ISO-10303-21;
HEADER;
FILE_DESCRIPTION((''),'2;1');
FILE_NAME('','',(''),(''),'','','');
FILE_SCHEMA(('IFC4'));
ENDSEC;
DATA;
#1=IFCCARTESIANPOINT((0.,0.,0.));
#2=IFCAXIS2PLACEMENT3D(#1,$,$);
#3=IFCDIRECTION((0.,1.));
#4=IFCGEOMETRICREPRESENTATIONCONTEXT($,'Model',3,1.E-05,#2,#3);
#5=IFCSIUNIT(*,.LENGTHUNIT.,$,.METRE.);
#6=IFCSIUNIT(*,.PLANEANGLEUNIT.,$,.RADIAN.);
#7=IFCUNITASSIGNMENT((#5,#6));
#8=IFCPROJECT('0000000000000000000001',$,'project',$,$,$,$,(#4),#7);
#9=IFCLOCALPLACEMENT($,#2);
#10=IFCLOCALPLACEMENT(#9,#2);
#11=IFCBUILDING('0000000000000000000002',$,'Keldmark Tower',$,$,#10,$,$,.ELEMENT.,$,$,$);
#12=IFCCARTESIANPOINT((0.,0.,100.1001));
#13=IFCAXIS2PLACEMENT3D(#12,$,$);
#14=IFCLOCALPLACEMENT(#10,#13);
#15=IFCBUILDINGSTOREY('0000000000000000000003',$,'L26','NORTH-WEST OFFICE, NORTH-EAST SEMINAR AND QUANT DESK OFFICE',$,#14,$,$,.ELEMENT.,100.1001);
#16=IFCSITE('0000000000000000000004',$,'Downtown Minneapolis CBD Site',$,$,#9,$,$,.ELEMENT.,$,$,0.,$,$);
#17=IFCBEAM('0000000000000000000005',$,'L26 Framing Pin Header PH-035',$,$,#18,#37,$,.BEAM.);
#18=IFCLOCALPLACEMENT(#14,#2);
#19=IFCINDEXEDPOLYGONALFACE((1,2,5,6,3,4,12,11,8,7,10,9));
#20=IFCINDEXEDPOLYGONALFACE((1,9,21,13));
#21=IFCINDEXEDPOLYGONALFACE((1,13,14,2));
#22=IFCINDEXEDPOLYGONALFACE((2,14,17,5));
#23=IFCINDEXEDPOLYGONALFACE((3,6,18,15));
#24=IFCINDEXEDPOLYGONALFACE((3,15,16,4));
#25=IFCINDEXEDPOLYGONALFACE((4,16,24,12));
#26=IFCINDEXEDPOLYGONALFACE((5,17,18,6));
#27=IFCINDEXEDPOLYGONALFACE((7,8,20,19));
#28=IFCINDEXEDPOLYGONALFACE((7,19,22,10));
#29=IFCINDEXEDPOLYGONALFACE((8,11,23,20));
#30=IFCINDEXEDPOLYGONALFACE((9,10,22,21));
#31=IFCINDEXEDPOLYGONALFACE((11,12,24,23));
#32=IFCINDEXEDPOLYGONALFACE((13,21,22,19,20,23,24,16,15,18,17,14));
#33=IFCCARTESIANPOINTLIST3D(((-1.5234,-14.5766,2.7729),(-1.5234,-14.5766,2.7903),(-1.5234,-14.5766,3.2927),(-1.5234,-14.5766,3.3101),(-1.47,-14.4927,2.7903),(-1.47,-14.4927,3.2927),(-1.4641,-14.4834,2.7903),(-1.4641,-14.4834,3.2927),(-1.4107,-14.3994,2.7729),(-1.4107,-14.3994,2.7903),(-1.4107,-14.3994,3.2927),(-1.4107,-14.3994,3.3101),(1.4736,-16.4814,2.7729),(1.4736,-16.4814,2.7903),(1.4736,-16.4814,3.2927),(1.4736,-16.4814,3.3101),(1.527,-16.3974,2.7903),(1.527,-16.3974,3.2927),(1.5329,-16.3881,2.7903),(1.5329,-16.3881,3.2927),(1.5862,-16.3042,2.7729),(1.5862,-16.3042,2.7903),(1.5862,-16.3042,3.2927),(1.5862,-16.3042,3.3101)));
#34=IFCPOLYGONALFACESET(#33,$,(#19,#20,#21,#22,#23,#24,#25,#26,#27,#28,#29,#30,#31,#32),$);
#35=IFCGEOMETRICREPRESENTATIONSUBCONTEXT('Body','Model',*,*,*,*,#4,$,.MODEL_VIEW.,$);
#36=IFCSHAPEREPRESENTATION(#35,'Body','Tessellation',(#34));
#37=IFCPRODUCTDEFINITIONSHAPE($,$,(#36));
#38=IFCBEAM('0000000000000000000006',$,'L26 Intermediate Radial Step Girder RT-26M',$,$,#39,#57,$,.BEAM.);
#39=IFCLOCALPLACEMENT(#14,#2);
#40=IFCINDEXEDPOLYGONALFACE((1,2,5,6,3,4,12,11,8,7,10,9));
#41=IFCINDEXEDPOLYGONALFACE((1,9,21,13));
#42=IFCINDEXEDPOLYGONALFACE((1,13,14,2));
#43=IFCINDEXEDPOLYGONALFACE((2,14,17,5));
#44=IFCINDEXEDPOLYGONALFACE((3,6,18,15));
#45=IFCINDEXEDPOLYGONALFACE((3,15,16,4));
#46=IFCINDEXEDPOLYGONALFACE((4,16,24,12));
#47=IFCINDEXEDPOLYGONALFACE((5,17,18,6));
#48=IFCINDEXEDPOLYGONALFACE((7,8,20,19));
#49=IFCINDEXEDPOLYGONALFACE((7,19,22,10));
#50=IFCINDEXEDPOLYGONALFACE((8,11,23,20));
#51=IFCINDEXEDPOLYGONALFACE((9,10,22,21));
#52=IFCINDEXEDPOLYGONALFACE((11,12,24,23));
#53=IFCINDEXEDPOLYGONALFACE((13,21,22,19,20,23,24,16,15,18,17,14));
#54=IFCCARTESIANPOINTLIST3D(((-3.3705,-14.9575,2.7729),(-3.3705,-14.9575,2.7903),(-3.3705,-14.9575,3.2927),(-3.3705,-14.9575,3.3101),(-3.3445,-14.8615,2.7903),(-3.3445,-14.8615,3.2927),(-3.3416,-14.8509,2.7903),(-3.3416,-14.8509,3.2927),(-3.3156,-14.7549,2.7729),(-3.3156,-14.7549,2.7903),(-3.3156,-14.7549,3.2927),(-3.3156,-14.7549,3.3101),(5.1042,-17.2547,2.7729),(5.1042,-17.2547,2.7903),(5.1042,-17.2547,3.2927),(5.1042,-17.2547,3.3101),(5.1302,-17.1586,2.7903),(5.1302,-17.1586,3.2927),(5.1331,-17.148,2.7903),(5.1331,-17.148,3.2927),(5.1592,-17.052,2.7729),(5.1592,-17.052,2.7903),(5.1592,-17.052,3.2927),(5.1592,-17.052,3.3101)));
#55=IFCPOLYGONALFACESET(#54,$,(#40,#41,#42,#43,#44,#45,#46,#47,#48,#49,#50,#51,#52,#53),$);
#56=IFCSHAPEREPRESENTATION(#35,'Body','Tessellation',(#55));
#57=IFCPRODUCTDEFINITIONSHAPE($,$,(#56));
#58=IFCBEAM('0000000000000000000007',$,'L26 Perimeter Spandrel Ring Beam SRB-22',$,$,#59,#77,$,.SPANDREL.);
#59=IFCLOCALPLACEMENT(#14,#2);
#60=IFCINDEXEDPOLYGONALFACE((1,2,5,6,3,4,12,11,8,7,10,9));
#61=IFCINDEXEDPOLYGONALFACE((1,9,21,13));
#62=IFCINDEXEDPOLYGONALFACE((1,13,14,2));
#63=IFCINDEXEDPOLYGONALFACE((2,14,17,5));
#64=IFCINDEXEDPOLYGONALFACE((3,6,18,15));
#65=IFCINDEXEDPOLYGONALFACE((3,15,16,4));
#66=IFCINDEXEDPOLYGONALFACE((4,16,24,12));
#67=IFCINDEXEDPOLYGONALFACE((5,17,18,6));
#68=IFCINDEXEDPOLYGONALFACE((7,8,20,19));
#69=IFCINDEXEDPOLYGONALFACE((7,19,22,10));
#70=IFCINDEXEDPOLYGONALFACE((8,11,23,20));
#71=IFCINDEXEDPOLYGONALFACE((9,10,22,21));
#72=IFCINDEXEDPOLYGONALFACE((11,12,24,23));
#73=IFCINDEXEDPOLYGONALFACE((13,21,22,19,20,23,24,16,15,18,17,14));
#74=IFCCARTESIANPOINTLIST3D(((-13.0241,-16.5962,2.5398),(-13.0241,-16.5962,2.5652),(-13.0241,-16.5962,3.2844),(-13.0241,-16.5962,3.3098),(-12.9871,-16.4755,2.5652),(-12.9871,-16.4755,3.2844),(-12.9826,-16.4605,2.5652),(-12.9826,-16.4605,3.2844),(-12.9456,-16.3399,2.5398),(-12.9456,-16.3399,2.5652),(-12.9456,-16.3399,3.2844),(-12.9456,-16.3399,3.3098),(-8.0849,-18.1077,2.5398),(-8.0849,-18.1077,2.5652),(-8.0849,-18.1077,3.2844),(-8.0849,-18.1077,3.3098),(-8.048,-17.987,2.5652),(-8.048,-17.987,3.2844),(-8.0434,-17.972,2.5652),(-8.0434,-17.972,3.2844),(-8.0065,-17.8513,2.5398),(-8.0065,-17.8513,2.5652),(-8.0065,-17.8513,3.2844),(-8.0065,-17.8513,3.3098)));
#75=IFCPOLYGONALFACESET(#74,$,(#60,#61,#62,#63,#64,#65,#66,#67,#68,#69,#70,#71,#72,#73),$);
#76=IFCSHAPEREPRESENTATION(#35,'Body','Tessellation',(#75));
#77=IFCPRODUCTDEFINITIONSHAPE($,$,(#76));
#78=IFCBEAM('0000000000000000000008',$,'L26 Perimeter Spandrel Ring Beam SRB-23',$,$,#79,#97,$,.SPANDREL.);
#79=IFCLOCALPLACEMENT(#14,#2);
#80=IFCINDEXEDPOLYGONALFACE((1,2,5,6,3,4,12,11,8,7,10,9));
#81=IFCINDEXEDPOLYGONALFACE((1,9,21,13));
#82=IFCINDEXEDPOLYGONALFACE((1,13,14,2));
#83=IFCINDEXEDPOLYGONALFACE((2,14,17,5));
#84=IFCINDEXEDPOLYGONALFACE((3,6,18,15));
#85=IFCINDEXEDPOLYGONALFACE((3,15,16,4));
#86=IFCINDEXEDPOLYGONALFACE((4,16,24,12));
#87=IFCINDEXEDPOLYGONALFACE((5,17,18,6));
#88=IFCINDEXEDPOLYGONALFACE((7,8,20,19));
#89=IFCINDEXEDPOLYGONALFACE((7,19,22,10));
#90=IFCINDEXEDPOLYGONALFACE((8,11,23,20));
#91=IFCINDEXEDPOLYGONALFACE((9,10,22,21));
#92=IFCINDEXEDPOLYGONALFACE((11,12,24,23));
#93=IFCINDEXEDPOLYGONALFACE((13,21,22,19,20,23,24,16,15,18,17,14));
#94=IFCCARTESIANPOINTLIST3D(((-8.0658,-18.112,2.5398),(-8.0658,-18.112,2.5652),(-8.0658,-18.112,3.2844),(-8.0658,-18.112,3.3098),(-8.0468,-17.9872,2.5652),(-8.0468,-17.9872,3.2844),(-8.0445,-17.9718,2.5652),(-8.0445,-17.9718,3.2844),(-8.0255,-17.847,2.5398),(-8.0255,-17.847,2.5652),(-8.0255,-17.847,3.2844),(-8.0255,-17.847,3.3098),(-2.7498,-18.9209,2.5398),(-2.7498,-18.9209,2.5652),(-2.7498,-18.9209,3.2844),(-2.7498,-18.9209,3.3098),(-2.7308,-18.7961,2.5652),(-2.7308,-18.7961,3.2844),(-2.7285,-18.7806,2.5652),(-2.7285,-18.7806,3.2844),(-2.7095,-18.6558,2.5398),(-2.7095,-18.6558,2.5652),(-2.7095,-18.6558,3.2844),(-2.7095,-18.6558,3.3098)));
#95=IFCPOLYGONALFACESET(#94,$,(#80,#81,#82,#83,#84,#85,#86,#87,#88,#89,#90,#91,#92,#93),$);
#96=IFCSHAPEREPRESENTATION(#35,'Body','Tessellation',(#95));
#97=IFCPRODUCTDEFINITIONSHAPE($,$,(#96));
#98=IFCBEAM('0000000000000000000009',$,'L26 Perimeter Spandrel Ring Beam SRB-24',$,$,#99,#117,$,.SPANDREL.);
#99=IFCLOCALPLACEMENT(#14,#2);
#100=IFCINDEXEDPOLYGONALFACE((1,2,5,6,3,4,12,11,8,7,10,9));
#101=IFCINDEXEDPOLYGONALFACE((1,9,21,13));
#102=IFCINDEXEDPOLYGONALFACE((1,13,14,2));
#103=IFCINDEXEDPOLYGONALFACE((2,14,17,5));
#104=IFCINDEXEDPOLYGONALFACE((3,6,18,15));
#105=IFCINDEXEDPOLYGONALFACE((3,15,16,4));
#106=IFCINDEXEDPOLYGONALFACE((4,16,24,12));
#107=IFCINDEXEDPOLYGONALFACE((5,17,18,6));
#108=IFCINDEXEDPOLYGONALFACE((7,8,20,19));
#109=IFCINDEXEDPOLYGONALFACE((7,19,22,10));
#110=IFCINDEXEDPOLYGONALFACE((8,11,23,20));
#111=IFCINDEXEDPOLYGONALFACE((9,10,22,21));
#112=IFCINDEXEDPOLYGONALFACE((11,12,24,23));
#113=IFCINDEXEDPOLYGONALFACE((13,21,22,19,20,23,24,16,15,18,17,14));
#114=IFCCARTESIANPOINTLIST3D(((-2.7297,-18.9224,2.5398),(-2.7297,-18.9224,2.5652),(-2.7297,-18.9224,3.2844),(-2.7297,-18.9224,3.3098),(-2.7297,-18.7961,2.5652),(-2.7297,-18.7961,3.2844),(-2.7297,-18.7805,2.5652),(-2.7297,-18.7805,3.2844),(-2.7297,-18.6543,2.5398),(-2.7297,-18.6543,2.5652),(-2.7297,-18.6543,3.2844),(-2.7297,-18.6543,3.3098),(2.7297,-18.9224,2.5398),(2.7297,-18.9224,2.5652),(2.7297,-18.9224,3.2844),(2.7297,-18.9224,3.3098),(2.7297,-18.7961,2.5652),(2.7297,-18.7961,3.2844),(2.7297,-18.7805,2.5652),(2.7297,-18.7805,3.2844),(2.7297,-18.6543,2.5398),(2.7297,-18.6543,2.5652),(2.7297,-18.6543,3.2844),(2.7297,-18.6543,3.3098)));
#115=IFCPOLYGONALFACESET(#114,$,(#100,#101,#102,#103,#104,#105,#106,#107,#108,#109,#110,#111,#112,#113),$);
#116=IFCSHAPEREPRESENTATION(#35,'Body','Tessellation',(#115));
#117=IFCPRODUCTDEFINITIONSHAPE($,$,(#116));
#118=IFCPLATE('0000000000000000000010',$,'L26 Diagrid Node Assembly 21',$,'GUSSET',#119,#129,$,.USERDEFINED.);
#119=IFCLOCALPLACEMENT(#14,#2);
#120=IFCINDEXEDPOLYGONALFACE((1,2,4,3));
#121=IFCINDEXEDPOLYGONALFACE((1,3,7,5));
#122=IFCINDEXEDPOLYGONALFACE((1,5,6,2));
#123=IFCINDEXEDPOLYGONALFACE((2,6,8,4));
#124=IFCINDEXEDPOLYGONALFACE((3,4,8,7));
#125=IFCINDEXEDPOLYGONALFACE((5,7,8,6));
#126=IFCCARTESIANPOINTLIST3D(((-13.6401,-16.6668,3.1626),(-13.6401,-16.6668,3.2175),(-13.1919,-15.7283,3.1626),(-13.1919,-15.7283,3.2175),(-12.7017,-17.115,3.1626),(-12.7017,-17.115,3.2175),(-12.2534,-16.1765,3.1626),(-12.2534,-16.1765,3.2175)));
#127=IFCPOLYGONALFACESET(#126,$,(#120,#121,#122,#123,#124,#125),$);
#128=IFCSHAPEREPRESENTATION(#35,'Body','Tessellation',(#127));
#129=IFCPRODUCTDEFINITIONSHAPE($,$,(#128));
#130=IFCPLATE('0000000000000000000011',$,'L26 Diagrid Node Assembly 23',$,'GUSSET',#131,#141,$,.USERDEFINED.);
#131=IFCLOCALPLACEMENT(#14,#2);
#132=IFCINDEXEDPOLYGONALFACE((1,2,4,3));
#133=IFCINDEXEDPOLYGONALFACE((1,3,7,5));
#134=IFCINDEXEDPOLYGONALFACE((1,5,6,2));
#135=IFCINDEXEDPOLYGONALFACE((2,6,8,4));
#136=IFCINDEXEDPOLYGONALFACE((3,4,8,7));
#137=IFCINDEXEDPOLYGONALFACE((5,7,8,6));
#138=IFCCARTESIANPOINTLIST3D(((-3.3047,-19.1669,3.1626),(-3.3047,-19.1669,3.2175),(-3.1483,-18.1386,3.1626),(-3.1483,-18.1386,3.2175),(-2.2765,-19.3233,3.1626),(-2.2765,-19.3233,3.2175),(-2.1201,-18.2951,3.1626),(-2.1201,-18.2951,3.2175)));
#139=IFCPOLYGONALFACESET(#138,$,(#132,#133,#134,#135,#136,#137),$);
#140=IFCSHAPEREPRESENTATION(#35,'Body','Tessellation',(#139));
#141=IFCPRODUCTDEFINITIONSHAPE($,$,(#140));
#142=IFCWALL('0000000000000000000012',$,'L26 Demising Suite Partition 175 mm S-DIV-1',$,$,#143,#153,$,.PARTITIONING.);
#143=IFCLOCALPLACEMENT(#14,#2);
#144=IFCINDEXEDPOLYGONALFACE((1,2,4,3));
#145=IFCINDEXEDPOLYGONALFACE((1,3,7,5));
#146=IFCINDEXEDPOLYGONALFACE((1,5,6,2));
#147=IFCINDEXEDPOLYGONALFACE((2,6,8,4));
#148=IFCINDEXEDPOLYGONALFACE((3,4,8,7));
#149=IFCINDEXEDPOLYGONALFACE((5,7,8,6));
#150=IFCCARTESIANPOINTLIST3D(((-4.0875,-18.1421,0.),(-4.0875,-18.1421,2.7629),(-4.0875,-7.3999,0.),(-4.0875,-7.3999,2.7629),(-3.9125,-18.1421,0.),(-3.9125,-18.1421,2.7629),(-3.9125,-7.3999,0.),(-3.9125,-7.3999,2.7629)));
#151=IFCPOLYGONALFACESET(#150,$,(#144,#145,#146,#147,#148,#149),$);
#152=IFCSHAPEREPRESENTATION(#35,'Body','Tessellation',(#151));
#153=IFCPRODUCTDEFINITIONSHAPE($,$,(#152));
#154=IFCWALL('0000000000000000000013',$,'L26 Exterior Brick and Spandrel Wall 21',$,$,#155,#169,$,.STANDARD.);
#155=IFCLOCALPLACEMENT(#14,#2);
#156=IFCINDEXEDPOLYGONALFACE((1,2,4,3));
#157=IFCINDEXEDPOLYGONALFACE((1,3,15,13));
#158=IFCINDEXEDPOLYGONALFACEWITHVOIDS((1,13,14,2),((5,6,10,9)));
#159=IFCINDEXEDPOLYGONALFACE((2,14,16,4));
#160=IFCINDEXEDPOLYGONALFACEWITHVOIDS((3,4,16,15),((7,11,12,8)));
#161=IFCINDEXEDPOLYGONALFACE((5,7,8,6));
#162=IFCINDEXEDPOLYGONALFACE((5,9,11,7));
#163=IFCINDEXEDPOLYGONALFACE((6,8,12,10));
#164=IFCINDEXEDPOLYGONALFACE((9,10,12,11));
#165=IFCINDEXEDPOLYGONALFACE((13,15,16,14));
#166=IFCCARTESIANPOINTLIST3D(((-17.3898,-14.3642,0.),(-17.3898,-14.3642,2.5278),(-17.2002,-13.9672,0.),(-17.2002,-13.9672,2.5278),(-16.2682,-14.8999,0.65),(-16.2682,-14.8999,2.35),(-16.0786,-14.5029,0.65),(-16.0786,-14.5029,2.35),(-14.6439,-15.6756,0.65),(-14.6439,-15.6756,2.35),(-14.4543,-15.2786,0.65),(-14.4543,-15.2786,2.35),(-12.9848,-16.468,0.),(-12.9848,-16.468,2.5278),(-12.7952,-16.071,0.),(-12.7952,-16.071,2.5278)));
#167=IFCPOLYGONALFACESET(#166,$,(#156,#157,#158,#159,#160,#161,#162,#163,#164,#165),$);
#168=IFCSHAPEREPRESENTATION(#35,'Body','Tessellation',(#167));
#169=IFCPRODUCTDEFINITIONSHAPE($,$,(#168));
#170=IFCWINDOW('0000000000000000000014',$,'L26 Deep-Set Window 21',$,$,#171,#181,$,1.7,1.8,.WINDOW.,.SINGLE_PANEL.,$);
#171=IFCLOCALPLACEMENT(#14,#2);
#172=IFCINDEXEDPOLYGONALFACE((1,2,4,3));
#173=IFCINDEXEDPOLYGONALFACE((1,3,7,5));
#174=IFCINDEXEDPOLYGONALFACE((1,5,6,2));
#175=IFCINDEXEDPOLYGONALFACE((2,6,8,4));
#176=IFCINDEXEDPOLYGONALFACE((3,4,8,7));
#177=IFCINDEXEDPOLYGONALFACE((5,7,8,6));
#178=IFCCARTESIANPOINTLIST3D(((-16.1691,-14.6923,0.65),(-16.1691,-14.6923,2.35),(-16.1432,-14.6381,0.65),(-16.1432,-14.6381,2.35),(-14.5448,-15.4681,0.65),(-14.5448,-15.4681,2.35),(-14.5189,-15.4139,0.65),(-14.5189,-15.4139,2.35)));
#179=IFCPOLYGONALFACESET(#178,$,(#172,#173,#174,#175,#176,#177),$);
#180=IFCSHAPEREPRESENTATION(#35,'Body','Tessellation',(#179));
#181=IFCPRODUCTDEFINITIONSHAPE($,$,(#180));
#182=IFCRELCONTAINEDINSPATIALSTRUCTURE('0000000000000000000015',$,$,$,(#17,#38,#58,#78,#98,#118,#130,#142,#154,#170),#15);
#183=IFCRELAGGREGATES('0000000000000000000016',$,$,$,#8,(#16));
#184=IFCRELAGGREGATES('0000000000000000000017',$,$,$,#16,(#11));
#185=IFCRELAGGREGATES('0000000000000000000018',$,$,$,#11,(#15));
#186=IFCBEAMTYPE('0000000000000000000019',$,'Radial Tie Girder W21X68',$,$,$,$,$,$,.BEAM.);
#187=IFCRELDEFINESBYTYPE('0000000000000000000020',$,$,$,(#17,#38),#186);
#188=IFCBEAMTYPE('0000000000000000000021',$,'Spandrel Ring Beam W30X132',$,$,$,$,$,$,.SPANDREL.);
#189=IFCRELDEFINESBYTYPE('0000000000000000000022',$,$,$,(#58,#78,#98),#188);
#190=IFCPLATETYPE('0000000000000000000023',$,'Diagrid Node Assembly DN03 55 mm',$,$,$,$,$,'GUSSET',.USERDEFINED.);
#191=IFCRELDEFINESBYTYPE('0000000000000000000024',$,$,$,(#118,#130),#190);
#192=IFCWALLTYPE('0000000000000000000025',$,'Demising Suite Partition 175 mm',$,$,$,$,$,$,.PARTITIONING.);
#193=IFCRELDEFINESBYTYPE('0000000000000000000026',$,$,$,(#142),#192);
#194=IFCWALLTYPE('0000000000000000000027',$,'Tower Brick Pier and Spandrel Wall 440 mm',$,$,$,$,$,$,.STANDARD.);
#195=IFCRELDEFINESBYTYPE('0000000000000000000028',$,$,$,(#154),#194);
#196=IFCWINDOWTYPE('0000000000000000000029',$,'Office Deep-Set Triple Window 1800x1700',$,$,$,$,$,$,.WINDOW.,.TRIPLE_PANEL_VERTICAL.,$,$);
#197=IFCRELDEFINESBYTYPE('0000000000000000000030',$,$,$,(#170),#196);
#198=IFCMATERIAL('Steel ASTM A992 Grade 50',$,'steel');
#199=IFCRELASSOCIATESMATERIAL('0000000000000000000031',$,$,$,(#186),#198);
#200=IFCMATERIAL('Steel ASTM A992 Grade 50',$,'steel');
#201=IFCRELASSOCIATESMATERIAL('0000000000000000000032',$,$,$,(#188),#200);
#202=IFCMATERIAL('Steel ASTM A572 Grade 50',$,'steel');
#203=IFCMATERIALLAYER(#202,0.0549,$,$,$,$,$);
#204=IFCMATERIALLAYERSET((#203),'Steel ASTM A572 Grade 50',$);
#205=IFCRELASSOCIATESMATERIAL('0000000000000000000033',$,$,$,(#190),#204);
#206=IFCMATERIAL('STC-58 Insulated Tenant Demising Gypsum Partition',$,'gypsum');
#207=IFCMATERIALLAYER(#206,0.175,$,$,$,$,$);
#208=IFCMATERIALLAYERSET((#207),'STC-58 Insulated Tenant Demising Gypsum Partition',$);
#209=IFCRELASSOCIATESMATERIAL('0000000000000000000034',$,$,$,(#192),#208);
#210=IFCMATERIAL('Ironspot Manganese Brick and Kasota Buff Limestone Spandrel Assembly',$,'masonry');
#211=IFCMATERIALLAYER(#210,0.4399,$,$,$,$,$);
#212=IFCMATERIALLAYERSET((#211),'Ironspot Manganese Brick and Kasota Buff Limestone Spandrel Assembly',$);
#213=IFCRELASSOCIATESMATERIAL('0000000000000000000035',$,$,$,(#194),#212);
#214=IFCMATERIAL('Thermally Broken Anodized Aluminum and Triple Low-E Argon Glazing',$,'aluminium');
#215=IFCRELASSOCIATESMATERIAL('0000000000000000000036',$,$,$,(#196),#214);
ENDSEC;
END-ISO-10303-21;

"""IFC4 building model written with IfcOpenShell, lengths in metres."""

from ifc_helpers import new_model, si_unit, direction, frame, frame_2d, origin, origin_2d, place, context, subcontext, project, spatial, rectangle, i_section, extrude, material, layer, layer_set, material_profile, profile_set, type_object, element, fill, save


model = new_model("IFC4")

# Units and contexts
model_context = context("Model", 3, precision=1e-05, world=origin(), true_north=direction((0.0, 1.0)))
body_context = subcontext(model_context, "Body", "Model", "MODEL_VIEW")
ifc_project = project(units=[si_unit("LENGTHUNIT", "METRE"), si_unit("PLANEANGLEUNIT", "RADIAN")], contexts=[model_context])

# Site, building, storey
site_placement = place(None, origin())
site = spatial("IfcSite", under=ifc_project, at=site_placement, Name="Downtown Minneapolis CBD Site", CompositionType="ELEMENT", RefElevation=0.0)
building_placement = place(site_placement, origin())
building = spatial("IfcBuilding", under=site, at=building_placement, Name="Keldmark Tower", CompositionType="ELEMENT")
storey_placement = place(building_placement, frame((0.0, 0.0, 100.1001)))
storey = spatial("IfcBuildingStorey", under=building, at=storey_placement, Name="L26", Description="NORTH-WEST OFFICE, NORTH-EAST SEMINAR AND QUANT DESK OFFICE", CompositionType="ELEMENT", Elevation=100.1001)

# Beams
ifc_material_1 = material(Name="Steel ASTM A992 Grade 50", Category="steel")
ifc_material_profile_1 = material_profile(ifc_material_1, i_section(OverallWidth=0.21, OverallDepth=0.5371, WebThickness=0.011, FlangeThickness=0.0173, at=origin_2d()), Name="W21X68")
ifc_profile_set_1 = profile_set([ifc_material_profile_1], Name="Steel ASTM A992 Grade 50")
beam_type_1 = type_object("IfcBeamType", Name="Radial Tie Girder W21X68", PredefinedType="BEAM", material=ifc_profile_set_1)
beam_1_placement = place(storey_placement, frame((-1.467, -14.488, 3.0415), z_axis=(0.843973, -0.536386, 0.0), x_axis=(0.536386, 0.843973, 0.0)))
element("IfcBeam", 1, at=beam_1_placement, inside=storey, type_object=beam_type_1, Name="L26 Framing Pin Header PH-035", PredefinedType="BEAM", context=body_context, shape_type="SweptSolid", body=[
    extrude(i_section(OverallWidth=0.21, OverallDepth=0.5371, WebThickness=0.011, FlangeThickness=0.0173, at=origin_2d()), origin(), (0.0, 0.0, 1.0), 3.551),
])
beam_2_placement = place(storey_placement, frame((-3.343, -14.8562, 3.0415), z_axis=(0.965171, -0.261618, 0.0), x_axis=(0.261618, 0.965171, 0.0)))
element("IfcBeam", 2, at=beam_2_placement, inside=storey, type_object=beam_type_1, Name="L26 Intermediate Radial Step Girder RT-26M", PredefinedType="BEAM", context=body_context, shape_type="SweptSolid", body=[
    extrude(i_section(OverallWidth=0.21, OverallDepth=0.5371, WebThickness=0.011, FlangeThickness=0.0173, at=origin_2d()), origin(), (0.0, 0.0, 1.0), 8.7805),
])
ifc_material_2 = material(Name="Steel ASTM A992 Grade 50", Category="steel")
ifc_material_profile_2 = material_profile(ifc_material_2, i_section(OverallWidth=0.2681, OverallDepth=0.77, WebThickness=0.0156, FlangeThickness=0.0254, at=origin_2d()), Name="W30X132")
ifc_profile_set_2 = profile_set([ifc_material_profile_2], Name="Steel ASTM A992 Grade 50")
beam_type_2 = type_object("IfcBeamType", Name="Spandrel Ring Beam W30X132", PredefinedType="SPANDREL", material=ifc_profile_set_2)
beam_3_placement = place(storey_placement, frame((-12.9849, -16.468, 2.9248), z_axis=(0.956229, -0.292621, 0.0), x_axis=(0.292621, 0.956229, 0.0)))
element("IfcBeam", 3, at=beam_3_placement, inside=storey, type_object=beam_type_2, Name="L26 Perimeter Spandrel Ring Beam SRB-22", PredefinedType="SPANDREL", context=body_context, shape_type="SweptSolid", body=[
    extrude(i_section(OverallWidth=0.2681, OverallDepth=0.77, WebThickness=0.0156, FlangeThickness=0.0254, at=origin_2d()), origin(), (0.0, 0.0, 1.0), 5.1653),
])
beam_4_placement = place(storey_placement, frame((-8.0457, -17.9795, 2.9248), z_axis=(0.988622, -0.150423, 0.0), x_axis=(0.150423, 0.988622, 0.0)))
element("IfcBeam", 4, at=beam_4_placement, inside=storey, type_object=beam_type_2, Name="L26 Perimeter Spandrel Ring Beam SRB-23", PredefinedType="SPANDREL", context=body_context, shape_type="SweptSolid", body=[
    extrude(i_section(OverallWidth=0.2681, OverallDepth=0.77, WebThickness=0.0156, FlangeThickness=0.0254, at=origin_2d()), origin(), (0.0, 0.0, 1.0), 5.3772),
])
beam_5_placement = place(storey_placement, frame((-2.7297, -18.7883, 2.9248), z_axis=(1.0, 0.0, 0.0), x_axis=(0.0, 1.0, 0.0)))
element("IfcBeam", 5, at=beam_5_placement, inside=storey, type_object=beam_type_2, Name="L26 Perimeter Spandrel Ring Beam SRB-24", PredefinedType="SPANDREL", context=body_context, shape_type="SweptSolid", body=[
    extrude(i_section(OverallWidth=0.2681, OverallDepth=0.77, WebThickness=0.0156, FlangeThickness=0.0254, at=origin_2d()), origin(), (0.0, 0.0, 1.0), 5.4595),
])

# Plates
ifc_material_3 = material(Name="Steel ASTM A572 Grade 50", Category="steel")
ifc_layer_1 = layer(ifc_material_3, 0.0549)
ifc_layer_set_1 = layer_set([ifc_layer_1], Name="Steel ASTM A572 Grade 50")
plate_type = type_object("IfcPlateType", Name="Diagrid Node Assembly DN03 55 mm", ElementType="GUSSET", PredefinedType="USERDEFINED", material=ifc_layer_set_1)
for number, where, z_axis, x_axis, name in (
    (6, (-12.9468, -16.4216, 3.1626), (0.0, 0.0, 1.0), (0.90236, -0.430984, 0.0), "L26 Diagrid Node Assembly 21"),
    (7, (-2.7124, -18.731, 3.1626), (0.0, 0.0, 1.0), (0.988626, -0.150398, 0.0), "L26 Diagrid Node Assembly 23"),
):
    element("IfcPlate", number, at=place(storey_placement, frame(where, z_axis=z_axis, x_axis=x_axis)), inside=storey, type_object=plate_type, Name=name, ObjectType="GUSSET", PredefinedType="USERDEFINED", context=body_context, shape_type="SweptSolid", body=[
        extrude(rectangle(XDim=1.04, YDim=1.04, at=origin_2d()), origin(), (0.0, 0.0, 1.0), 0.0549),
    ])

# Wall
ifc_material_4 = material(Name="STC-58 Insulated Tenant Demising Gypsum Partition", Category="gypsum")
ifc_layer_2 = layer(ifc_material_4, 0.175)
ifc_layer_set_2 = layer_set([ifc_layer_2], Name="STC-58 Insulated Tenant Demising Gypsum Partition")
wall_type_1 = type_object("IfcWallType", Name="Demising Suite Partition 175 mm", PredefinedType="PARTITIONING", material=ifc_layer_set_2)
wall_1_placement = place(storey_placement, frame((-4.0, -18.1421, 0.0), z_axis=(0.0, 0.0, 1.0), x_axis=(0.0, 1.0, 0.0)))
element("IfcWall", 8, at=wall_1_placement, inside=storey, type_object=wall_type_1, Name="L26 Demising Suite Partition 175 mm S-DIV-1", PredefinedType="PARTITIONING", context=body_context, shape_type="SweptSolid", body=[
    extrude(rectangle(XDim=10.7422, YDim=0.175, at=frame_2d((5.3711, 0.0))), origin(), (0.0, 0.0, 1.0), 2.7629),
])

# Wall, opening, window
ifc_material_5 = material(Name="Ironspot Manganese Brick and Kasota Buff Limestone Spandrel Assembly", Category="masonry")
ifc_layer_3 = layer(ifc_material_5, 0.4399)
ifc_layer_set_3 = layer_set([ifc_layer_3], Name="Ironspot Manganese Brick and Kasota Buff Limestone Spandrel Assembly")
wall_type_2 = type_object("IfcWallType", Name="Tower Brick Pier and Spandrel Wall 440 mm", PredefinedType="STANDARD", material=ifc_layer_set_3)
wall_2_placement = place(storey_placement, frame((-12.8899, -16.2695, 0.0), z_axis=(0.0, 0.0, 1.0), x_axis=(-0.902373, 0.430956, 0.0)))
wall_2 = element("IfcWall", 9, at=wall_2_placement, inside=storey, type_object=wall_type_2, Name="L26 Exterior Brick and Spandrel Wall 21", PredefinedType="STANDARD", context=body_context, shape_type="SweptSolid", body=[
    extrude(rectangle(XDim=4.8816, YDim=0.4399, at=frame_2d((2.4409, 0.0))), origin(), (0.0, 0.0, 1.0), 2.5278),
])
opening_1_placement = place(wall_2_placement, frame((1.8389, 0.0, 0.6499)))
opening_1 = element("IfcOpeningElement", 10, at=opening_1_placement, cuts=wall_2, PredefinedType="OPENING", context=body_context, shape_type="SweptSolid", body=[
    extrude(rectangle(XDim=1.8, YDim=1.7, at=frame_2d((0.8999, 0.8501))), frame((0.0, 0.23, 0.0), z_axis=(0.0, -1.0, 0.0), x_axis=(1.0, 0.0, 0.0)), (0.0, 0.0, 1.0), 0.46),
])
ifc_material_6 = material(Name="Thermally Broken Anodized Aluminum and Triple Low-E Argon Glazing", Category="aluminium")
window_type = type_object("IfcWindowType", Name="Office Deep-Set Triple Window 1800x1700", PartitioningType="TRIPLE_PANEL_VERTICAL", PredefinedType="WINDOW", material=ifc_material_6)
window_1_placement = place(opening_1_placement, origin())
window_1 = element("IfcWindow", 11, at=window_1_placement, inside=storey, type_object=window_type, Name="L26 Deep-Set Window 21", OverallHeight=1.7, OverallWidth=1.8, PartitioningType="SINGLE_PANEL", PredefinedType="WINDOW", context=body_context, shape_type="SweptSolid", body=[
    extrude(rectangle(XDim=1.8, YDim=1.7, at=frame_2d((0.8999, 0.8501))), frame((0.0, -0.01, 0.0), z_axis=(0.0, -1.0, 0.0), x_axis=(1.0, 0.0, 0.0)), (0.0, 0.0, 1.0), 0.0601),
])
fill(opening_1, window_1)

save(model, "model.ifc")
